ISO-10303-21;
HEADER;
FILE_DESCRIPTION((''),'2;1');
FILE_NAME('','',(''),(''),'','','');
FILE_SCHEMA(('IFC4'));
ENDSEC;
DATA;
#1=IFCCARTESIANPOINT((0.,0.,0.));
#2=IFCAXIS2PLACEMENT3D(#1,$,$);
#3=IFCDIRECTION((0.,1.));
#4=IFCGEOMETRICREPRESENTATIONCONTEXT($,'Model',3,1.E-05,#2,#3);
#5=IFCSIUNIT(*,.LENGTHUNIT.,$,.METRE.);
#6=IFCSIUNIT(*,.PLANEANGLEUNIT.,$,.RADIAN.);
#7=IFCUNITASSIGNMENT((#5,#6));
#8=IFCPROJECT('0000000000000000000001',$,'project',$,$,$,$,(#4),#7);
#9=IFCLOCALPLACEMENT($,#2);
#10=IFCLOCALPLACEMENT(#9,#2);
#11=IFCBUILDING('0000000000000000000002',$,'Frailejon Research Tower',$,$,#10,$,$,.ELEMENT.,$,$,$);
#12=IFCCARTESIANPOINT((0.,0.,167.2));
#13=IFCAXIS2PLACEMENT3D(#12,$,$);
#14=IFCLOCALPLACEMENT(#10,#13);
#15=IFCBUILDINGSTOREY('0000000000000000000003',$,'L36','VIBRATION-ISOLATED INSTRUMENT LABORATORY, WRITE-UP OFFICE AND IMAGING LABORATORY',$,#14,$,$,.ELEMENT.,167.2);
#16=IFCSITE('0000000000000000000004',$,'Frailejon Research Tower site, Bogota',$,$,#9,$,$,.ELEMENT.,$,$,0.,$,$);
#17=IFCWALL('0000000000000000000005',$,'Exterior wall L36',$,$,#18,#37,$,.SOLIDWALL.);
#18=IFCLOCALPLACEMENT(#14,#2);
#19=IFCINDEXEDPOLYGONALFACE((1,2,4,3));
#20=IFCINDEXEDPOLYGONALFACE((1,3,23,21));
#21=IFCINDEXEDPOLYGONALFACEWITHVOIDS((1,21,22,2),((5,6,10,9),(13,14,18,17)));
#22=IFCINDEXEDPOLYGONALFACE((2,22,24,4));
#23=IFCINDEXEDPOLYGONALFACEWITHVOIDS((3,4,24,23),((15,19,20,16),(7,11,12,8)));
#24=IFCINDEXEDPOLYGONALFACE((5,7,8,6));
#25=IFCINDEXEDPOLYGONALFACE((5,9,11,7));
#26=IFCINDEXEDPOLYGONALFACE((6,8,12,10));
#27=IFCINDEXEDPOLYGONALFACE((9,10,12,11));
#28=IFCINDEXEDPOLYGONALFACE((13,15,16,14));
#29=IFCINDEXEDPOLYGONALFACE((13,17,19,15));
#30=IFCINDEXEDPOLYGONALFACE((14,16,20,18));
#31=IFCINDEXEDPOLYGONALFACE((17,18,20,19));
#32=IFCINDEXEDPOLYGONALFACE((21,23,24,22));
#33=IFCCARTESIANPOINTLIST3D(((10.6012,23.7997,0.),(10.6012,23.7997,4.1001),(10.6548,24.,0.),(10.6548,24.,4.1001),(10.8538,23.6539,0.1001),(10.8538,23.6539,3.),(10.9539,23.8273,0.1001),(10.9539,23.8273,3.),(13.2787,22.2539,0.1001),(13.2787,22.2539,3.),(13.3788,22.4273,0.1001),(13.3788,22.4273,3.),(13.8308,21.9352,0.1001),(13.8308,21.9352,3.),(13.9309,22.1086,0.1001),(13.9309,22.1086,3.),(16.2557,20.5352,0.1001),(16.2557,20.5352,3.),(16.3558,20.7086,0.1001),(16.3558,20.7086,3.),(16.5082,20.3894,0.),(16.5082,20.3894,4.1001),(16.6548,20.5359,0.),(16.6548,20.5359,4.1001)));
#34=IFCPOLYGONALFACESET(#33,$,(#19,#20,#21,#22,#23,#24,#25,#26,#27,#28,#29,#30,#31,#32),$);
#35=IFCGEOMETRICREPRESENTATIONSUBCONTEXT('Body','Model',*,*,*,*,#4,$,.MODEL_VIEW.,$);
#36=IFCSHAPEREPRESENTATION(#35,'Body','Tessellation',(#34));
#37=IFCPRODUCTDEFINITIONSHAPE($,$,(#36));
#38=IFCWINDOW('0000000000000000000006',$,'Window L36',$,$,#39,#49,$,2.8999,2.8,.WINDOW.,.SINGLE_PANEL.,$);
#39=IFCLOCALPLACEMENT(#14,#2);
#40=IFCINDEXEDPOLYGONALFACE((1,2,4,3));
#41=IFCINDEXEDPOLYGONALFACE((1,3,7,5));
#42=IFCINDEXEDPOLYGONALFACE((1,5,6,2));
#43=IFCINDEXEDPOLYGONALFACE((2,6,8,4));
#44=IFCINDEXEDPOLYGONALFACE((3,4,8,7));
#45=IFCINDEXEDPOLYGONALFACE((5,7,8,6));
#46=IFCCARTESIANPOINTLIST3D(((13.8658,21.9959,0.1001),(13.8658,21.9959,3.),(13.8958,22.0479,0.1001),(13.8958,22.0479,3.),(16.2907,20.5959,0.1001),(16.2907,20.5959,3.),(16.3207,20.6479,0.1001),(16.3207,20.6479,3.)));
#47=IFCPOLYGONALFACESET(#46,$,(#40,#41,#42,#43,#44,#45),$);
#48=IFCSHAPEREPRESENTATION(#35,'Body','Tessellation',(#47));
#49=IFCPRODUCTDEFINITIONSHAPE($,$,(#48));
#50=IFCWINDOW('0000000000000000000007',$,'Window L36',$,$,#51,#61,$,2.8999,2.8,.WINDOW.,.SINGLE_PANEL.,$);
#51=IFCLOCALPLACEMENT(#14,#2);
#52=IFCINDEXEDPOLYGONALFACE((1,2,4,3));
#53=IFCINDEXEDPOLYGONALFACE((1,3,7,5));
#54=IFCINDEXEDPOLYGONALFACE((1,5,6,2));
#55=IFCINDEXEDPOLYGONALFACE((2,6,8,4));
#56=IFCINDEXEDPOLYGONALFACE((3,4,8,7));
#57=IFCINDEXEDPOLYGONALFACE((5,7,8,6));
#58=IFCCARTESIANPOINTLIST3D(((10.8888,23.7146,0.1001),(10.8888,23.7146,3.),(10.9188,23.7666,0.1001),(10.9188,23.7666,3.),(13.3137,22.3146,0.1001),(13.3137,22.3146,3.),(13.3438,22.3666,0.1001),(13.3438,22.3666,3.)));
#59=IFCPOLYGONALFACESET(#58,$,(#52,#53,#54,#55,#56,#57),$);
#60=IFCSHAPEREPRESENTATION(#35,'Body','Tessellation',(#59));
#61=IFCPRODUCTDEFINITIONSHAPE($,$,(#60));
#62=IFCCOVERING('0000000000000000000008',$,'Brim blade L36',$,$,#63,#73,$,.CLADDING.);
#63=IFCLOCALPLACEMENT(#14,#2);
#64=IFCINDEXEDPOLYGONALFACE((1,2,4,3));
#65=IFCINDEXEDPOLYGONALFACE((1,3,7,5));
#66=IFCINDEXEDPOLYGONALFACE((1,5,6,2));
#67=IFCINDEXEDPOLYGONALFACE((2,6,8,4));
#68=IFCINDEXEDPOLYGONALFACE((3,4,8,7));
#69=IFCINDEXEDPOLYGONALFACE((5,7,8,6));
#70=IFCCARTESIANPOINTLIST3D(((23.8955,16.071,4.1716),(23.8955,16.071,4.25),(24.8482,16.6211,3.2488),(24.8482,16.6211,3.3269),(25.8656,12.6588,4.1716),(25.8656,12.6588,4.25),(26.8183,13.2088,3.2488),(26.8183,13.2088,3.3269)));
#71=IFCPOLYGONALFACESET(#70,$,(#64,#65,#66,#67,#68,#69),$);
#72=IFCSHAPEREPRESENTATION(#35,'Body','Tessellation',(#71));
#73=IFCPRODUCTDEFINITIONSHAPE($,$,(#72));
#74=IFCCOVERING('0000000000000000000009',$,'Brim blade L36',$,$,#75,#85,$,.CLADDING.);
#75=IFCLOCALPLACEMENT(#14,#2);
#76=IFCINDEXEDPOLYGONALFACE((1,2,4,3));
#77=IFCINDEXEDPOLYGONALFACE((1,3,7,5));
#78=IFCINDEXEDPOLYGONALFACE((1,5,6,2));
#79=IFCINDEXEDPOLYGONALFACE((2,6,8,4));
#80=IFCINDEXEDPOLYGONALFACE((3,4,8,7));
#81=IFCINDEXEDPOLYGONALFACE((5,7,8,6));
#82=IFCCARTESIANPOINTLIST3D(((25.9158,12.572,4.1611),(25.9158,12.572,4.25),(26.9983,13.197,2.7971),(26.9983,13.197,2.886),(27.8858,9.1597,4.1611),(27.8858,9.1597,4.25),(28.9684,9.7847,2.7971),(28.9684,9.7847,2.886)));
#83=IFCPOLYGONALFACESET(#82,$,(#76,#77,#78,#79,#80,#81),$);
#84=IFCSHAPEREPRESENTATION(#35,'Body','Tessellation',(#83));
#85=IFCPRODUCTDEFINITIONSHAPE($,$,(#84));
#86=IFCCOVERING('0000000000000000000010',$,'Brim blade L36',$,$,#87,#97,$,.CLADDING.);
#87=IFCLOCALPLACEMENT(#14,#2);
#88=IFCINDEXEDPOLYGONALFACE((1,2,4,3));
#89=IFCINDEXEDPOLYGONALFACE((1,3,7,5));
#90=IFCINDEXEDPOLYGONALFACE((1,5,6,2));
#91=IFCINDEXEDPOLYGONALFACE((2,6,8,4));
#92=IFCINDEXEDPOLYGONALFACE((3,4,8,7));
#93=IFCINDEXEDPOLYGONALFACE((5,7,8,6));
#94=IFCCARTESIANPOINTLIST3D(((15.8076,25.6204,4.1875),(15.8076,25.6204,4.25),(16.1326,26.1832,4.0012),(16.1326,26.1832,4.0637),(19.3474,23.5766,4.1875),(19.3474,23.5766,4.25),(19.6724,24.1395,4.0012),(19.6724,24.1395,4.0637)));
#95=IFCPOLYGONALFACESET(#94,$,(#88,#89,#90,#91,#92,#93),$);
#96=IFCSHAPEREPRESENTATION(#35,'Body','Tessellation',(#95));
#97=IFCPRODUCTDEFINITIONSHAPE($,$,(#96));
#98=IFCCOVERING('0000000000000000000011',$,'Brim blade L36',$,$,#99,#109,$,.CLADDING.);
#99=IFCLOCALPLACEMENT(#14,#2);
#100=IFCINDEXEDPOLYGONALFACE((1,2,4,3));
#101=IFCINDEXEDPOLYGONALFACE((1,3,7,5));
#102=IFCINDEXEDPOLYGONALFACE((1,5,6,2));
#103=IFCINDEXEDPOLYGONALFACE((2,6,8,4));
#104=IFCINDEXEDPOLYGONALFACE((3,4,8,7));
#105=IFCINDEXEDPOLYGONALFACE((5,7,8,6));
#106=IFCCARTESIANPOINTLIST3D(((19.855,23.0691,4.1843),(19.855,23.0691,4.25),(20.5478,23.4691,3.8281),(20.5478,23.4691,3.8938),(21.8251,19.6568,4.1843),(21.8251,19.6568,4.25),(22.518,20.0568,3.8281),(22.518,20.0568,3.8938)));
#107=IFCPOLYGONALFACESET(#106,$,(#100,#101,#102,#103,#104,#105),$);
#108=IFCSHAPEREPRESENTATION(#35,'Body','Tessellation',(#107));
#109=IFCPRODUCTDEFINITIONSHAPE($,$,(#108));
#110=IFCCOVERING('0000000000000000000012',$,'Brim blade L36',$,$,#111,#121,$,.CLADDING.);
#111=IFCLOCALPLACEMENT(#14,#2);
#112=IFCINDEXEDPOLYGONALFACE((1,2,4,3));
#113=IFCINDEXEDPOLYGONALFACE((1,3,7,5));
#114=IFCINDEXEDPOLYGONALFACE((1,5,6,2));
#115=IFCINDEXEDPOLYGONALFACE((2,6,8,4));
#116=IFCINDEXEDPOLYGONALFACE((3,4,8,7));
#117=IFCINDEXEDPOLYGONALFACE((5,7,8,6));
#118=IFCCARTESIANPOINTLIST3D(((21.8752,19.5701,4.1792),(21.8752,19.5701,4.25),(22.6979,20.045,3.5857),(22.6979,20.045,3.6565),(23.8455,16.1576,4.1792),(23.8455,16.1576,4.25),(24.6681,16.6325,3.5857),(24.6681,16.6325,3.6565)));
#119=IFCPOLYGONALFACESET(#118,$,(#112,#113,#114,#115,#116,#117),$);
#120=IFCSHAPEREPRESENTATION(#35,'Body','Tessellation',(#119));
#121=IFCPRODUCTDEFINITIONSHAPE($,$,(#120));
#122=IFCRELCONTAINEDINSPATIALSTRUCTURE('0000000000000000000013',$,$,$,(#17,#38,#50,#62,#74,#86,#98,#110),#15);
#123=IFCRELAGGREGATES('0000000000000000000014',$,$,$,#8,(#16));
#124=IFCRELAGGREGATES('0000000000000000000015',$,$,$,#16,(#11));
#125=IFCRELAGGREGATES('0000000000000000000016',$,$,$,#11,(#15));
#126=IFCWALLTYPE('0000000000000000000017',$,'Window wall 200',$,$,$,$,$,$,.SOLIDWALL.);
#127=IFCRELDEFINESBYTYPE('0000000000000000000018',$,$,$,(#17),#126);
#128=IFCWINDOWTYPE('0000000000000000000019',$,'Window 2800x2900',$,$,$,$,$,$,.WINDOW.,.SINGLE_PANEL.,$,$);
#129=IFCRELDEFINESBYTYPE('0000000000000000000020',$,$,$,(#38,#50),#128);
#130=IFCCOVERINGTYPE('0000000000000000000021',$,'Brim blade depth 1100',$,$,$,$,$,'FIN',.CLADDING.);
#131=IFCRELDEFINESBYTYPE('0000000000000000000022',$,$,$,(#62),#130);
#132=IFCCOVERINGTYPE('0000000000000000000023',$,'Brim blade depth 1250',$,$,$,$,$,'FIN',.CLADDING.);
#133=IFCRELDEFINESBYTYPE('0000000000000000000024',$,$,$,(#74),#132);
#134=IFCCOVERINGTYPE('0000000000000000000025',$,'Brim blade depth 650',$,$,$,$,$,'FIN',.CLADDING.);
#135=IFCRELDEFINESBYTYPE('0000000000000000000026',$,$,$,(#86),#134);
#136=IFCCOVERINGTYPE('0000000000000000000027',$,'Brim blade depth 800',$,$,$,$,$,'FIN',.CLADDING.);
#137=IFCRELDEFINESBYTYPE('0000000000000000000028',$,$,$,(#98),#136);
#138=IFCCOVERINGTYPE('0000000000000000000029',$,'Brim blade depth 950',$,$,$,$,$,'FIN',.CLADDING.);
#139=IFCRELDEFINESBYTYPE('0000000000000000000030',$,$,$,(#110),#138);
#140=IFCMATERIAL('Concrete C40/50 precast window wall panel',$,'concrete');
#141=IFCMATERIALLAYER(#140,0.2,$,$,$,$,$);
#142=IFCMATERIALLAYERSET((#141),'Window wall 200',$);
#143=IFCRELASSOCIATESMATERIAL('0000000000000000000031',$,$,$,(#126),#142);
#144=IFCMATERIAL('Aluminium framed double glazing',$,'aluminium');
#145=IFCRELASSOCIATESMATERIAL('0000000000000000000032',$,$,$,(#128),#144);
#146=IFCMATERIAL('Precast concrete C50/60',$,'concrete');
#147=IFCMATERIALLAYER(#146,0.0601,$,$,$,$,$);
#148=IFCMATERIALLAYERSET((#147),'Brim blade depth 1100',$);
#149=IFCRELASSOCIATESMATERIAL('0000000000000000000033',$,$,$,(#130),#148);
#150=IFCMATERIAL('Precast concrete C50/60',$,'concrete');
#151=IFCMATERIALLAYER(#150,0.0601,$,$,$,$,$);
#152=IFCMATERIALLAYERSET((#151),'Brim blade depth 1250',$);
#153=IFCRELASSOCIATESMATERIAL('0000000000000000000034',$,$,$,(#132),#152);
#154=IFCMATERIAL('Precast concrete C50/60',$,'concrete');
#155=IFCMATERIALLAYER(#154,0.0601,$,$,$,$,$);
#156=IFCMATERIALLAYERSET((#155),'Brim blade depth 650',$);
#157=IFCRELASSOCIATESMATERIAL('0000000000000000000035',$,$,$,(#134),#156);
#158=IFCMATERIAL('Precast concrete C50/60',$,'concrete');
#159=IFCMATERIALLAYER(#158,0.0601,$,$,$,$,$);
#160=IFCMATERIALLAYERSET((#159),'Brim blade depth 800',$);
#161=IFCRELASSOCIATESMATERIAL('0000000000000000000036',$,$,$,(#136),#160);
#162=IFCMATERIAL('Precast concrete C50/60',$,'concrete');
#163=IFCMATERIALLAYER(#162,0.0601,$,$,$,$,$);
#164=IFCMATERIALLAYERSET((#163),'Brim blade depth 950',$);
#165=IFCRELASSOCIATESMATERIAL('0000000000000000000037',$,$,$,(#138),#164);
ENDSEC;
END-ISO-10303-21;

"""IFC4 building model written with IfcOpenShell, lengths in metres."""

from ifc_helpers import new_model, si_unit, direction, frame, frame_2d, origin, place, context, subcontext, project, spatial, polyline, rectangle, outline, extrude, material, layer, layer_set, type_object, element, fill, save


model = new_model("IFC4")

# Units and contexts
model_context = context("Model", 3, precision=1e-05, world=origin(), true_north=direction((0.0, 1.0)))
body_context = subcontext(model_context, "Body", "Model", "MODEL_VIEW")
ifc_project = project(units=[si_unit("LENGTHUNIT", "METRE"), si_unit("PLANEANGLEUNIT", "RADIAN")], contexts=[model_context])

# Site, building, storey
site_placement = place(None, origin())
site = spatial("IfcSite", under=ifc_project, at=site_placement, Name="Frailejon Research Tower site, Bogota", CompositionType="ELEMENT", RefElevation=0.0)
building_placement = place(site_placement, origin())
building = spatial("IfcBuilding", under=site, at=building_placement, Name="Frailejon Research Tower", CompositionType="ELEMENT")
storey_placement = place(building_placement, frame((0.0, 0.0, 167.2)))
storey = spatial("IfcBuildingStorey", under=building, at=storey_placement, Name="L36", Description="VIBRATION-ISOLATED INSTRUMENT LABORATORY, WRITE-UP OFFICE AND IMAGING LABORATORY", CompositionType="ELEMENT", Elevation=167.2)

# Wall, openings, windows
ifc_material_1 = material(Name="Concrete C40/50 precast window wall panel", Category="concrete")
ifc_layer_1 = layer(ifc_material_1, 0.2)
ifc_layer_set_1 = layer_set([ifc_layer_1], Name="Window wall 200")
wall_type_1 = type_object("IfcWallType", Name="Window wall 200", PredefinedType="SOLIDWALL", material=ifc_layer_set_1)
wall_1_placement = place(storey_placement, frame((16.5815, 20.4626, 0.0), z_axis=(0.0, 0.0, 1.0), x_axis=(-0.866029, 0.499993, 0.0)))
wall_1 = element("IfcWall", 1, at=wall_1_placement, inside=storey, type_object=wall_type_1, Name="Exterior wall L36", PredefinedType="SOLIDWALL", context=body_context, shape_type="SweptSolid", body=[
    extrude(outline(polyline([(-0.0269, -0.1001), (1.1279, -0.1001), (2.2825, -0.1001), (3.4373, -0.1001), (4.592, -0.1001), (5.7466, -0.1001), (6.9014, -0.1001), (6.8477, 0.1001), (5.7109, 0.1001), (4.574, 0.1001), (3.4373, 0.1001), (2.3005, 0.1001), (1.1636, 0.1001), (0.0269, 0.1001), (-0.0269, -0.1001)])), origin(), (0.0, 0.0, 1.0), 4.1001),
])
opening_1_placement = place(wall_1_placement, frame((0.3186, 0.0, 0.1001)))
opening_1 = element("IfcOpeningElement", 2, at=opening_1_placement, cuts=wall_1, PredefinedType="OPENING", context=body_context, shape_type="SweptSolid", body=[
    extrude(rectangle(XDim=2.8, YDim=2.8999, at=frame_2d((1.3999, 1.45))), frame((0.0, 0.1099, 0.0), z_axis=(0.0, -1.0, 0.0), x_axis=(1.0, 0.0, 0.0)), (0.0, 0.0, 1.0), 0.22),
])
opening_2_placement = place(wall_1_placement, frame((3.7561, 0.0, 0.1001)))
opening_2 = element("IfcOpeningElement", 3, at=opening_2_placement, cuts=wall_1, PredefinedType="OPENING", context=body_context, shape_type="SweptSolid", body=[
    extrude(rectangle(XDim=2.8, YDim=2.8999, at=frame_2d((1.3999, 1.45))), frame((0.0, 0.1099, 0.0), z_axis=(0.0, -1.0, 0.0), x_axis=(1.0, 0.0, 0.0)), (0.0, 0.0, 1.0), 0.22),
])
ifc_material_2 = material(Name="Aluminium framed double glazing", Category="aluminium")
window_type = type_object("IfcWindowType", Name="Window 2800x2900", PartitioningType="SINGLE_PANEL", PredefinedType="WINDOW", material=ifc_material_2)
window_1_placement = place(opening_1_placement, origin())
window_1 = element("IfcWindow", 4, at=window_1_placement, inside=storey, type_object=window_type, Name="Window L36", OverallHeight=2.8999, OverallWidth=2.8, PartitioningType="SINGLE_PANEL", PredefinedType="WINDOW", context=body_context, shape_type="SweptSolid", body=[
    extrude(rectangle(XDim=2.8, YDim=2.8999, at=frame_2d((1.3999, 1.45))), frame((0.0, 0.03, 0.0), z_axis=(0.0, -1.0, 0.0), x_axis=(1.0, 0.0, 0.0)), (0.0, 0.0, 1.0), 0.0601),
])
fill(opening_1, window_1)
window_2_placement = place(opening_2_placement, origin())
window_2 = element("IfcWindow", 5, at=window_2_placement, inside=storey, type_object=window_type, Name="Window L36", OverallHeight=2.8999, OverallWidth=2.8, PartitioningType="SINGLE_PANEL", PredefinedType="WINDOW", context=body_context, shape_type="SweptSolid", body=[
    extrude(rectangle(XDim=2.8, YDim=2.8999, at=frame_2d((1.3999, 1.45))), frame((0.0, 0.03, 0.0), z_axis=(0.0, -1.0, 0.0), x_axis=(1.0, 0.0, 0.0)), (0.0, 0.0, 1.0), 0.0601),
])
fill(opening_2, window_2)

# Coverings
ifc_material_3 = material(Name="Precast concrete C50/60", Category="concrete")
ifc_layer_2 = layer(ifc_material_3, 0.0601)
ifc_layer_set_2 = layer_set([ifc_layer_2], Name="Brim blade depth 1100")
covering_type_1 = type_object("IfcCoveringType", Name="Brim blade depth 1100", ElementType="FIN", PredefinedType="CLADDING", material=ifc_layer_set_2)
covering_1_placement = place(storey_placement, frame((23.8955, 16.071, 4.25), z_axis=(0.50001, -0.86602, 0.0), x_axis=(0.86602, 0.50001, 0.0)))
element("IfcCovering", 6, at=covering_1_placement, inside=storey, type_object=covering_type_1, Name="Brim blade L36", PredefinedType="CLADDING", context=body_context, shape_type="SweptSolid", body=[
    extrude(outline(polyline([(0.0, -0.0784), (1.1001, -1.0012), (1.1001, -0.9231), (0.0, 0.0), (0.0, -0.0784)])), origin(), (0.0, 0.0, 1.0), 3.9402),
])
ifc_material_4 = material(Name="Precast concrete C50/60", Category="concrete")
ifc_layer_3 = layer(ifc_material_4, 0.0601)
ifc_layer_set_3 = layer_set([ifc_layer_3], Name="Brim blade depth 1250")
covering_type_2 = type_object("IfcCoveringType", Name="Brim blade depth 1250", ElementType="FIN", PredefinedType="CLADDING", material=ifc_layer_set_3)
covering_2_placement = place(storey_placement, frame((25.9158, 12.572, 4.25), z_axis=(0.499991, -0.866031, 0.0), x_axis=(0.866031, 0.499991, 0.0)))
element("IfcCovering", 7, at=covering_2_placement, inside=storey, type_object=covering_type_2, Name="Brim blade L36", PredefinedType="CLADDING", context=body_context, shape_type="SweptSolid", body=[
    extrude(outline(polyline([(0.0, -0.0889), (1.25, -1.4529), (1.25, -1.364), (0.0, 0.0), (0.0, -0.0889)])), origin(), (0.0, 0.0, 1.0), 3.9402),
])
ifc_material_5 = material(Name="Precast concrete C50/60", Category="concrete")
ifc_layer_4 = layer(ifc_material_5, 0.0601)
ifc_layer_set_4 = layer_set([ifc_layer_4], Name="Brim blade depth 650")
covering_type_3 = type_object("IfcCoveringType", Name="Brim blade depth 650", ElementType="FIN", PredefinedType="CLADDING", material=ifc_layer_set_4)
covering_3_placement = place(storey_placement, frame((15.8076, 25.6204, 4.25), z_axis=(0.866021, -0.500007, 0.0), x_axis=(0.500007, 0.866021, 0.0)))
element("IfcCovering", 8, at=covering_3_placement, inside=storey, type_object=covering_type_3, Name="Brim blade L36", PredefinedType="CLADDING", context=body_context, shape_type="SweptSolid", body=[
    extrude(outline(polyline([(0.0, -0.0625), (0.6499, -0.2488), (0.6499, -0.1863), (0.0, 0.0), (0.0, -0.0625)])), origin(), (0.0, 0.0, 1.0), 4.0874),
])
ifc_material_6 = material(Name="Precast concrete C50/60", Category="concrete")
ifc_layer_5 = layer(ifc_material_6, 0.0601)
ifc_layer_set_5 = layer_set([ifc_layer_5], Name="Brim blade depth 800")
covering_type_4 = type_object("IfcCoveringType", Name="Brim blade depth 800", ElementType="FIN", PredefinedType="CLADDING", material=ifc_layer_set_5)
covering_4_placement = place(storey_placement, frame((19.855, 23.0691, 4.25), z_axis=(0.50001, -0.86602, 0.0), x_axis=(0.86602, 0.50001, 0.0)))
element("IfcCovering", 9, at=covering_4_placement, inside=storey, type_object=covering_type_4, Name="Brim blade L36", PredefinedType="CLADDING", context=body_context, shape_type="SweptSolid", body=[
    extrude(outline(polyline([(0.0, -0.0657), (0.8, -0.4219), (0.8, -0.3562), (0.0, 0.0), (0.0, -0.0657)])), origin(), (0.0, 0.0, 1.0), 3.9402),
])
ifc_material_7 = material(Name="Precast concrete C50/60", Category="concrete")
ifc_layer_6 = layer(ifc_material_7, 0.0601)
ifc_layer_set_6 = layer_set([ifc_layer_6], Name="Brim blade depth 950")
covering_type_5 = type_object("IfcCoveringType", Name="Brim blade depth 950", ElementType="FIN", PredefinedType="CLADDING", material=ifc_layer_set_6)
covering_5_placement = place(storey_placement, frame((21.8752, 19.5701, 4.25), z_axis=(0.499999, -0.866026, 0.0), x_axis=(0.866026, 0.499999, 0.0)))
element("IfcCovering", 10, at=covering_5_placement, inside=storey, type_object=covering_type_5, Name="Brim blade L36", PredefinedType="CLADDING", context=body_context, shape_type="SweptSolid", body=[
    extrude(outline(polyline([(0.0, -0.0708), (0.95, -0.6643), (0.95, -0.5935), (0.0, 0.0), (0.0, -0.0708)])), origin(), (0.0, 0.0, 1.0), 3.9404),
])

save(model, "model.ifc")
